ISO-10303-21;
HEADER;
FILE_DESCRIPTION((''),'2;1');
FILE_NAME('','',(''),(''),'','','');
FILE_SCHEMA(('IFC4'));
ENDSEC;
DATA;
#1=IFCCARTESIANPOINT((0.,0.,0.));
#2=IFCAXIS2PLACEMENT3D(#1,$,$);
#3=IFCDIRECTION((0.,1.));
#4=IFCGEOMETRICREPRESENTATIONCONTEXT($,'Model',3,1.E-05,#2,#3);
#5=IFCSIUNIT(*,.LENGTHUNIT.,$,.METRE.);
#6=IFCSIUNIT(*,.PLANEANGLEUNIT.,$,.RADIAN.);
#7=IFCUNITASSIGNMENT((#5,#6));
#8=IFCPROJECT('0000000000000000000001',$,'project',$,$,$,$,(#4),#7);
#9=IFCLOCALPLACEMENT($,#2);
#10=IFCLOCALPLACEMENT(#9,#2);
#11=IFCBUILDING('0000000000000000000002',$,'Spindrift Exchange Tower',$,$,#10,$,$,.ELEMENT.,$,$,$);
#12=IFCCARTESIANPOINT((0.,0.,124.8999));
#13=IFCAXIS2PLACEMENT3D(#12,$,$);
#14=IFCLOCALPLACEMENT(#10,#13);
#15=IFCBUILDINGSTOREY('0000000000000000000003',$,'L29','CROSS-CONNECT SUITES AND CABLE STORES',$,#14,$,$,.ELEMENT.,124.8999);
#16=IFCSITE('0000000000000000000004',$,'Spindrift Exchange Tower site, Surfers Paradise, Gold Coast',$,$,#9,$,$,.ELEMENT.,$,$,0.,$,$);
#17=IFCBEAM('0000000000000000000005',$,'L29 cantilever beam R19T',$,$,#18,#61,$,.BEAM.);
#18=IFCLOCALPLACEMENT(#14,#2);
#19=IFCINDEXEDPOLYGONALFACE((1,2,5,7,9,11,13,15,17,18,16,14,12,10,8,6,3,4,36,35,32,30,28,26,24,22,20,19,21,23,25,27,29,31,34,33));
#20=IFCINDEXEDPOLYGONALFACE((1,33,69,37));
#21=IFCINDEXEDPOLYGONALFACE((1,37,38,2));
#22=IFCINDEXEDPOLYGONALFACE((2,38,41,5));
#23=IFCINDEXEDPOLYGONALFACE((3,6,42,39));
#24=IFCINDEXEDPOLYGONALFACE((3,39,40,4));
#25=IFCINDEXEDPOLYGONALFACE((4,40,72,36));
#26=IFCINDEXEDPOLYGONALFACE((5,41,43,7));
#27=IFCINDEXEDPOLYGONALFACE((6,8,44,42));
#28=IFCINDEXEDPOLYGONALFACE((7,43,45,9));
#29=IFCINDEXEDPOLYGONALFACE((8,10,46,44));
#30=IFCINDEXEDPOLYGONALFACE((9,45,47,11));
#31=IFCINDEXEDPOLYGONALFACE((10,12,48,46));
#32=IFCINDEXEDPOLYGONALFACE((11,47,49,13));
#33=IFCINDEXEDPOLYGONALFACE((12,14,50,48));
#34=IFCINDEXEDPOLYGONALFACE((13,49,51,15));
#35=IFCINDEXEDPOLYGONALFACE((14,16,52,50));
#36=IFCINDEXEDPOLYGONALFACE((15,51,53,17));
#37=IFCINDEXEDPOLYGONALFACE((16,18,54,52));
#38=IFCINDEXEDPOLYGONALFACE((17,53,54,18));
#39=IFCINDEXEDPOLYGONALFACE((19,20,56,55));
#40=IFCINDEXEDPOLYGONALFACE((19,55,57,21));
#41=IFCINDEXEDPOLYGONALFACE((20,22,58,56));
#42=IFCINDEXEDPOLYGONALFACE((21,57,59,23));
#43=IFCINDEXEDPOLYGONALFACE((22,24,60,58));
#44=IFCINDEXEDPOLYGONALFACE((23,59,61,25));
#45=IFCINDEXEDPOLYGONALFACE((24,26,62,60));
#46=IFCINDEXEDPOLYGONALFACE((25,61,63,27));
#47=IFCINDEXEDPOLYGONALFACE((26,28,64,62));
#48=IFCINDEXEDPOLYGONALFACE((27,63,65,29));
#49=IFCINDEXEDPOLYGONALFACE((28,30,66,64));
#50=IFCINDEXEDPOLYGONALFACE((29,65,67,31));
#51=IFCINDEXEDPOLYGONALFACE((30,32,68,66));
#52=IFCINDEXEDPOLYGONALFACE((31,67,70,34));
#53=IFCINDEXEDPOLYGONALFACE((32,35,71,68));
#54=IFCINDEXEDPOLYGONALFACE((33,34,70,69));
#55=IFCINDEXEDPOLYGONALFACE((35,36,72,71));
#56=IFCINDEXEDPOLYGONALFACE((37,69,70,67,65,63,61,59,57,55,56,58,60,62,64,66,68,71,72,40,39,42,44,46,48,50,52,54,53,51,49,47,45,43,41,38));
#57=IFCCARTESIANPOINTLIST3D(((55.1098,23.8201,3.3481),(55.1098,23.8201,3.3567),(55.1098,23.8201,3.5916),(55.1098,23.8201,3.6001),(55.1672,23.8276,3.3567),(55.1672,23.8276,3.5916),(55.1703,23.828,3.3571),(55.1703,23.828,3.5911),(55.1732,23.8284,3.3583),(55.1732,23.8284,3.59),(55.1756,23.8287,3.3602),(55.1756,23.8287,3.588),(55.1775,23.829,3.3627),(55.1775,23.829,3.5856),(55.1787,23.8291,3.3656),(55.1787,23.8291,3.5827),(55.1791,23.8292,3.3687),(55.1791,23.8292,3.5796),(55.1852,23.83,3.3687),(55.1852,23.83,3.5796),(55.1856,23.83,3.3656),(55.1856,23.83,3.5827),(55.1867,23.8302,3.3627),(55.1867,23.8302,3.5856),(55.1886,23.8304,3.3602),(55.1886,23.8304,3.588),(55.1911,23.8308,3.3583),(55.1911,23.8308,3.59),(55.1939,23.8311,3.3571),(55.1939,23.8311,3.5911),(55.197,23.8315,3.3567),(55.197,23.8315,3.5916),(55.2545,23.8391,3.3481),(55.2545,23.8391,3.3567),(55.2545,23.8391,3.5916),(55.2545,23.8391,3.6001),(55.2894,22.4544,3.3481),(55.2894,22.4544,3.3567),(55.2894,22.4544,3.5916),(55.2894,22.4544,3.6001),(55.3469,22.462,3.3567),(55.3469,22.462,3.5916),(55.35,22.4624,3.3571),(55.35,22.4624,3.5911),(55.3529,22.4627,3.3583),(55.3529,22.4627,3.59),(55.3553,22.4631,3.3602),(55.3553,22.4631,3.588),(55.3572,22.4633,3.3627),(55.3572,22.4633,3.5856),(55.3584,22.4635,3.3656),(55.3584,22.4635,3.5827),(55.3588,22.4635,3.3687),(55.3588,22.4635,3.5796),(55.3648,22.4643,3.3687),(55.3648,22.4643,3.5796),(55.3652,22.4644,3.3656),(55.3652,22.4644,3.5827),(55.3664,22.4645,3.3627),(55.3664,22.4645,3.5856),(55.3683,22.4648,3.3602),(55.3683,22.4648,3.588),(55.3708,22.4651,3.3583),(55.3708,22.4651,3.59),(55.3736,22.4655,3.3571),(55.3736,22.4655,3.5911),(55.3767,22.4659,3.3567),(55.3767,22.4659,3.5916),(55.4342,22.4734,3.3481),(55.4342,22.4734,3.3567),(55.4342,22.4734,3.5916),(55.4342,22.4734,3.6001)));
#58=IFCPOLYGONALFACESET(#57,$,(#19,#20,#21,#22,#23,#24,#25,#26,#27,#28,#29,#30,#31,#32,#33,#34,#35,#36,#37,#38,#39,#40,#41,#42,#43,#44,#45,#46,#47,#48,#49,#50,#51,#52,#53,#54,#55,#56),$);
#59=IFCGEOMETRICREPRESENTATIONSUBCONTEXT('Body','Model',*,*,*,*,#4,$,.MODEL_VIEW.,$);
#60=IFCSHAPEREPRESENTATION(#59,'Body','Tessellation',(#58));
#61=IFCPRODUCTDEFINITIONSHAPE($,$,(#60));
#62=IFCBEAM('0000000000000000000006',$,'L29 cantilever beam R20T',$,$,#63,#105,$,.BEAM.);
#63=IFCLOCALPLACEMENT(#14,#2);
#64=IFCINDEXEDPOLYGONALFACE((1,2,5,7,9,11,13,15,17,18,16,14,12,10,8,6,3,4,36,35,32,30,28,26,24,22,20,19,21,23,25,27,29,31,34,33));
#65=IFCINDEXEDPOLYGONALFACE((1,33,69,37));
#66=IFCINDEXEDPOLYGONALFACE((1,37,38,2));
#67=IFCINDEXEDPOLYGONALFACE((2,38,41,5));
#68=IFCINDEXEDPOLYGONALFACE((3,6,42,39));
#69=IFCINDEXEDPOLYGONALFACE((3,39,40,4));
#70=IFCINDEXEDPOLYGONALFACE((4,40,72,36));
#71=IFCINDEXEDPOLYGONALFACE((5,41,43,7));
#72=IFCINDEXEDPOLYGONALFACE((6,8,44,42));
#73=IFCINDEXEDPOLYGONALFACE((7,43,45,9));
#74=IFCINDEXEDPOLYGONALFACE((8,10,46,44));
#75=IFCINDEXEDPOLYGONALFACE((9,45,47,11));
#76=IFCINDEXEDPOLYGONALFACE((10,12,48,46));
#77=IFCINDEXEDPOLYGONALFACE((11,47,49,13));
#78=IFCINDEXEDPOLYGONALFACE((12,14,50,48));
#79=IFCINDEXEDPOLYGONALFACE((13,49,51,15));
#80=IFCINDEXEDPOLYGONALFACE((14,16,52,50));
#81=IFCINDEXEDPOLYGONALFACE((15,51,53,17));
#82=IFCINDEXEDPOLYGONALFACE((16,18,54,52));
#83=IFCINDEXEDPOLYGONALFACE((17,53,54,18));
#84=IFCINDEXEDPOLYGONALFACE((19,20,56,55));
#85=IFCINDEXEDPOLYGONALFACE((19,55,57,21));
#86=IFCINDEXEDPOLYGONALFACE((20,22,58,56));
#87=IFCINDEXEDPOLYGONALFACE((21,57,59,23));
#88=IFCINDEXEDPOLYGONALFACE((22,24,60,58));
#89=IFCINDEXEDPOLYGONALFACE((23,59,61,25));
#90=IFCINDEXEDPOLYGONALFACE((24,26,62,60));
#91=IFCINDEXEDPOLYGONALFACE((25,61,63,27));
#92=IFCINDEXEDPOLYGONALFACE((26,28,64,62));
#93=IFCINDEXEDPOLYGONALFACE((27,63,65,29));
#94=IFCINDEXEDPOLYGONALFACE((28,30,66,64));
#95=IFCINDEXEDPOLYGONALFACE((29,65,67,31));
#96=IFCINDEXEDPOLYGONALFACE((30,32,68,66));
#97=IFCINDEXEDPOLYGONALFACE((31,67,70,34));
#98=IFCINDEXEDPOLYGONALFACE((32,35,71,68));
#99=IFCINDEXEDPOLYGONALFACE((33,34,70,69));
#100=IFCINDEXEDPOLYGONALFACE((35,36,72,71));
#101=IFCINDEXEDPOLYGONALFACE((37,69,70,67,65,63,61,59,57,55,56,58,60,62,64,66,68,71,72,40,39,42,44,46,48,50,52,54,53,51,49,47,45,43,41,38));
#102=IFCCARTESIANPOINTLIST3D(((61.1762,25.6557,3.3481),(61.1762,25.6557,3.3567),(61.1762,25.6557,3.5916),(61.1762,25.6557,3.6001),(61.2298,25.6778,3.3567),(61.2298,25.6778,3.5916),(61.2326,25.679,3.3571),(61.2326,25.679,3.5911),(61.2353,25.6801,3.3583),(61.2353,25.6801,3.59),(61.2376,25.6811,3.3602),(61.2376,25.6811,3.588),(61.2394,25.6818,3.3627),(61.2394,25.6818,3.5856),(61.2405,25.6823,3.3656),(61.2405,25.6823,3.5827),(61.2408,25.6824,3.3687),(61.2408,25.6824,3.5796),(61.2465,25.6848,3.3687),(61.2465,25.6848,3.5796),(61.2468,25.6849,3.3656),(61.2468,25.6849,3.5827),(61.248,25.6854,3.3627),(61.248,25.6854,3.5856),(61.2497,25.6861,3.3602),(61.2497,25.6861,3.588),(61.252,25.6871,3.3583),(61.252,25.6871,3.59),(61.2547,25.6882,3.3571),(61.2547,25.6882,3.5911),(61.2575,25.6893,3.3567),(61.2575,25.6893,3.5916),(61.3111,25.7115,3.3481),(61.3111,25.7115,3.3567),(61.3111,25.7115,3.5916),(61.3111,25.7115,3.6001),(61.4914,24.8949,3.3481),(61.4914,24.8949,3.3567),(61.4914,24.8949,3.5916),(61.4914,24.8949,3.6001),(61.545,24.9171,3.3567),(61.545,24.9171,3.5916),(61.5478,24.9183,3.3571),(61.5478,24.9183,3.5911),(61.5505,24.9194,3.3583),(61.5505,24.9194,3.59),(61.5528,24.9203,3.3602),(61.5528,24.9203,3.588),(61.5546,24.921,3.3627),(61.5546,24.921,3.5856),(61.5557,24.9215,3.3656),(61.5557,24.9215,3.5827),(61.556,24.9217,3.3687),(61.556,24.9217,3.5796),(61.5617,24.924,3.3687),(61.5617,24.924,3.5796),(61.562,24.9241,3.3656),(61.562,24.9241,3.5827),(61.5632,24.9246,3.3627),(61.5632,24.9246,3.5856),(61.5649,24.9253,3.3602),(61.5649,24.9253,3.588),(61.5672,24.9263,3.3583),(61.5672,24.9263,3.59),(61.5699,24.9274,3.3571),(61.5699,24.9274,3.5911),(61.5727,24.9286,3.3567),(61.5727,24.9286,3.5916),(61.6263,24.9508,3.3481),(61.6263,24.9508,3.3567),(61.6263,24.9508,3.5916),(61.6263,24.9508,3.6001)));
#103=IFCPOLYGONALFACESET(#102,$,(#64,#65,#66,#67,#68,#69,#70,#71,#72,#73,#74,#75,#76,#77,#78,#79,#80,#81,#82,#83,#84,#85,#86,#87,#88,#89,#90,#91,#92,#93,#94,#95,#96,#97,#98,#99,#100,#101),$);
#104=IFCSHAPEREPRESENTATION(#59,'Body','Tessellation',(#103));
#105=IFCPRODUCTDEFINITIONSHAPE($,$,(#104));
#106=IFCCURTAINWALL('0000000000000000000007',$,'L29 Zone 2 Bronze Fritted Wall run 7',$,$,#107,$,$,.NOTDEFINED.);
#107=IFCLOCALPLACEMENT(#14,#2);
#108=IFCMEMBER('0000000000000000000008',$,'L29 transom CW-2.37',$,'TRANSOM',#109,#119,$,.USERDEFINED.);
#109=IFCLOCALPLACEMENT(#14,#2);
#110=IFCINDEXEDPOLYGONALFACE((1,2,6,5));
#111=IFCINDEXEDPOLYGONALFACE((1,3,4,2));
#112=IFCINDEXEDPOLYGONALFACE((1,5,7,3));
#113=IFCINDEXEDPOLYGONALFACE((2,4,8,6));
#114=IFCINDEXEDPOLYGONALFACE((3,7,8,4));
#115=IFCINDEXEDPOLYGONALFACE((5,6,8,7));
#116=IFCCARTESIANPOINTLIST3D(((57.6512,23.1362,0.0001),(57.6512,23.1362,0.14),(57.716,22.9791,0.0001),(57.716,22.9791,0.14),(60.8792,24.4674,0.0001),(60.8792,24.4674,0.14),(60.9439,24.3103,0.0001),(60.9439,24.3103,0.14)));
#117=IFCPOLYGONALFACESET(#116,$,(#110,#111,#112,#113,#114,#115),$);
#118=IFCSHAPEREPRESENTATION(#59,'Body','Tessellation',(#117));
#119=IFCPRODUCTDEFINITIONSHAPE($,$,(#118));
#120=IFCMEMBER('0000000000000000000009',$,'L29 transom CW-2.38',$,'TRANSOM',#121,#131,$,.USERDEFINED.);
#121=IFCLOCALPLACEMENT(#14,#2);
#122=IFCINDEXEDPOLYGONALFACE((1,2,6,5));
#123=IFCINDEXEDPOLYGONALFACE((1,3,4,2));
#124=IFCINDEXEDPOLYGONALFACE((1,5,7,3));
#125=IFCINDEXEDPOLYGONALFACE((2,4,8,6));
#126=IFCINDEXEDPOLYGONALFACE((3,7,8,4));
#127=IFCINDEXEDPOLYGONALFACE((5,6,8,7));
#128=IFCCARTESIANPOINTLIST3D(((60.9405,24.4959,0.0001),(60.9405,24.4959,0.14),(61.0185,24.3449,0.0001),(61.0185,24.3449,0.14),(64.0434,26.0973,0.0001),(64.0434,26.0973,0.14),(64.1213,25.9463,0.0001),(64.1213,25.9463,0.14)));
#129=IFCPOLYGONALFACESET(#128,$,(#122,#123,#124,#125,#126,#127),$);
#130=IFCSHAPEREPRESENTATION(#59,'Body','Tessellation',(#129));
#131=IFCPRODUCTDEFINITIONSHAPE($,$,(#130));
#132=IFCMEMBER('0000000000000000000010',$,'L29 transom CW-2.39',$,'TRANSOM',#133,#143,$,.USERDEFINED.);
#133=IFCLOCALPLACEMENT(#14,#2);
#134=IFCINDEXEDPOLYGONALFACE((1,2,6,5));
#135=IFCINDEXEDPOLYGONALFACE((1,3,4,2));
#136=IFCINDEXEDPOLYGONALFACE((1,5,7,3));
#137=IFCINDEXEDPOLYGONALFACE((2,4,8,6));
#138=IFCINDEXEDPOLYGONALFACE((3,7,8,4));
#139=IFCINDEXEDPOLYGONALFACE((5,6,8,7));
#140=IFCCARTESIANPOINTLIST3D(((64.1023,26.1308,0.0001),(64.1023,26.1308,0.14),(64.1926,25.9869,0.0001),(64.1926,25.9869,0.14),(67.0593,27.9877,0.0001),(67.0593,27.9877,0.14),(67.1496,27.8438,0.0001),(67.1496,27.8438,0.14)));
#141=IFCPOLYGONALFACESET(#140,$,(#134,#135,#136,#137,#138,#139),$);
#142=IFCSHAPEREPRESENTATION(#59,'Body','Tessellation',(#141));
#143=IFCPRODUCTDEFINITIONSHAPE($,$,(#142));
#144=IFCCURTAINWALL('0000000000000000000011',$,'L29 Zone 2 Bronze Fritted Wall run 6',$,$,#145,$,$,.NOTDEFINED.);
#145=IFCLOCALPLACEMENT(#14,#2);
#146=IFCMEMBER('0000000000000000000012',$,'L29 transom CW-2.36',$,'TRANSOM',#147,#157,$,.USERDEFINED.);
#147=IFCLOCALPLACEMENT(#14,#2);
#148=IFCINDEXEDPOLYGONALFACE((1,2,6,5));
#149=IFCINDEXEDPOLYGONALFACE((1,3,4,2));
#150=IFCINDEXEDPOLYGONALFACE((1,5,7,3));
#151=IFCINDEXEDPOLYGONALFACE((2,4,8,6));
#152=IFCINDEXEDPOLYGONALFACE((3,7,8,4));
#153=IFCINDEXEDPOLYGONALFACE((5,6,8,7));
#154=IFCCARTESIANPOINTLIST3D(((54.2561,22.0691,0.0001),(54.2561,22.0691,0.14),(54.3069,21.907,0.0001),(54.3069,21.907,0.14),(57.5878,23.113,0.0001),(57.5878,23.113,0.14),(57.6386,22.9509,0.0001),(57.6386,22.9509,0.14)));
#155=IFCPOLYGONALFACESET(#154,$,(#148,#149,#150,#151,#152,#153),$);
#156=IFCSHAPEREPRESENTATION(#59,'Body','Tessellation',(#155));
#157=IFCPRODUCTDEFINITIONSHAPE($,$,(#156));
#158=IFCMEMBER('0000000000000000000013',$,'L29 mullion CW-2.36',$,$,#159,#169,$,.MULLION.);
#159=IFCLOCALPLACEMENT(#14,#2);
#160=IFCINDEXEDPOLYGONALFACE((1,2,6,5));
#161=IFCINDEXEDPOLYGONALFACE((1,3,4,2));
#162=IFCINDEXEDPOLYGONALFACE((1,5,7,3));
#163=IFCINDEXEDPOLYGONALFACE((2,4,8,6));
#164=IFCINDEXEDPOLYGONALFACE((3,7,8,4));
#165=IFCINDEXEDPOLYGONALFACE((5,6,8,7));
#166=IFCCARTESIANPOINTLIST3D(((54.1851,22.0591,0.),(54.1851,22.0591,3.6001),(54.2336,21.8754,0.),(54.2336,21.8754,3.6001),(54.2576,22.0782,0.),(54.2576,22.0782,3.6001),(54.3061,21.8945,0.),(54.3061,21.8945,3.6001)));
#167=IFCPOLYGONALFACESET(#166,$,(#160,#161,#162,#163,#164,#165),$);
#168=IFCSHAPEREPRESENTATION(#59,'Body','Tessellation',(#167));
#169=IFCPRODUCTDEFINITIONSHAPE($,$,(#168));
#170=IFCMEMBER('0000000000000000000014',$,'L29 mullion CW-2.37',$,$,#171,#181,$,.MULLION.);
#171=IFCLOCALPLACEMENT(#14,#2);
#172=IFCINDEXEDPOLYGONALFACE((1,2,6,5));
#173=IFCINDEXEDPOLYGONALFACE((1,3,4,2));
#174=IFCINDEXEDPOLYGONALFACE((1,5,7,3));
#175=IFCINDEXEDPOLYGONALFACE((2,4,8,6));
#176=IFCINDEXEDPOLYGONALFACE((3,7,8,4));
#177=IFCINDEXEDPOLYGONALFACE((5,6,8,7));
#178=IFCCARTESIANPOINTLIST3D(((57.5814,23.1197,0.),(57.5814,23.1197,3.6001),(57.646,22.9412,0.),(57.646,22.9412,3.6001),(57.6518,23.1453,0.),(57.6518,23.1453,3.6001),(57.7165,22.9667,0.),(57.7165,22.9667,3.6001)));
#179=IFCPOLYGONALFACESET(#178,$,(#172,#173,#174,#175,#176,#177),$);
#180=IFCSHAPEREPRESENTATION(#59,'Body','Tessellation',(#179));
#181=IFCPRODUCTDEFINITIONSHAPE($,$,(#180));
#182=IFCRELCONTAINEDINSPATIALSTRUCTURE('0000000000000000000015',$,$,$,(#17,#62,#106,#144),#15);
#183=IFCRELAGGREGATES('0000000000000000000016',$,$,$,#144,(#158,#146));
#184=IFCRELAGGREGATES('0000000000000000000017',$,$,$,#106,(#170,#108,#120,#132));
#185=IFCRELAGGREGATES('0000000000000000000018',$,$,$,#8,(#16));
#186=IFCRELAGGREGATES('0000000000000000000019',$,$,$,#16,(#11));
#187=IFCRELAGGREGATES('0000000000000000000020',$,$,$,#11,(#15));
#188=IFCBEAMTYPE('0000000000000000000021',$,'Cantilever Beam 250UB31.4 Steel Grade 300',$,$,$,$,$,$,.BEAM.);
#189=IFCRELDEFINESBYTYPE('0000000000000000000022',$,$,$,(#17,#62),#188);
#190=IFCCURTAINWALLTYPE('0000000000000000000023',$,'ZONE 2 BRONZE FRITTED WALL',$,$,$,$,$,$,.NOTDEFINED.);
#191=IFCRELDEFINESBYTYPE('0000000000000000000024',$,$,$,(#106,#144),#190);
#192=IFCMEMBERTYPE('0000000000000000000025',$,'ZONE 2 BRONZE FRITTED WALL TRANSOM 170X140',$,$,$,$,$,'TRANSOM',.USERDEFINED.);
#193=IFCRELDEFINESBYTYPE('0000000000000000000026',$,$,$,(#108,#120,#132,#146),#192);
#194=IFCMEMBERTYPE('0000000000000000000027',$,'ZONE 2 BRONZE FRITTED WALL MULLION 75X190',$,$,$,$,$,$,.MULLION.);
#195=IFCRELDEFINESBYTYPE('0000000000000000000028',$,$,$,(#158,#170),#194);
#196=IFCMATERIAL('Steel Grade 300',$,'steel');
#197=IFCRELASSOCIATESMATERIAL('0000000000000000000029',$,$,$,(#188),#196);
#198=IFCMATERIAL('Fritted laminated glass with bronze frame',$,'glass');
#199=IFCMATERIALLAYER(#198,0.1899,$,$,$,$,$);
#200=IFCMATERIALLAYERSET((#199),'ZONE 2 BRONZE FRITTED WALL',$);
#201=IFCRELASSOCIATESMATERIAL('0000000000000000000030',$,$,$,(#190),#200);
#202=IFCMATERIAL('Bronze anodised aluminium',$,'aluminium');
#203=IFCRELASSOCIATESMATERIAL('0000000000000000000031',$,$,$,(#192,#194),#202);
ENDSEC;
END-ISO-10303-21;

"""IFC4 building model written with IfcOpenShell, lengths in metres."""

from ifc_helpers import new_model, si_unit, direction, frame, origin, origin_2d, place, context, subcontext, project, spatial, rectangle, i_section, extrude, source, transform, mapped, material, layer, layer_set, material_profile, profile_set, type_object, element, aggregate, save


model = new_model("IFC4")

# Units and contexts
model_context = context("Model", 3, precision=1e-05, world=origin(), true_north=direction((0.0, 1.0)))
body_context = subcontext(model_context, "Body", "Model", "MODEL_VIEW")
ifc_project = project(units=[si_unit("LENGTHUNIT", "METRE"), si_unit("PLANEANGLEUNIT", "RADIAN")], contexts=[model_context])

# Site, building, storey
site_placement = place(None, origin())
site = spatial("IfcSite", under=ifc_project, at=site_placement, Name="Spindrift Exchange Tower site, Surfers Paradise, Gold Coast", CompositionType="ELEMENT", RefElevation=0.0)
building_placement = place(site_placement, origin())
building = spatial("IfcBuilding", under=site, at=building_placement, Name="Spindrift Exchange Tower", CompositionType="ELEMENT")
storey_placement = place(building_placement, frame((0.0, 0.0, 124.8999)))
storey = spatial("IfcBuildingStorey", under=building, at=storey_placement, Name="L29", Description="CROSS-CONNECT SUITES AND CABLE STORES", CompositionType="ELEMENT", Elevation=124.8999)

# Beams
ifc_material_1 = material(Name="Steel Grade 300", Category="steel")
ifc_material_profile_1 = material_profile(ifc_material_1, i_section(OverallWidth=0.146, OverallDepth=0.252, WebThickness=0.0061, FlangeThickness=0.0085, FilletRadius=0.012, at=origin_2d()), Name="250UB31.4")
ifc_profile_set_1 = profile_set([ifc_material_profile_1], Name="Steel Grade 300")
beam_type_1 = type_object("IfcBeamType", Name="Cantilever Beam 250UB31.4 Steel Grade 300", PredefinedType="BEAM", material=ifc_profile_set_1)
shared_shape_1 = source(origin(), body_context, "Body", "SweptSolid", [
    extrude(i_section(OverallWidth=0.146, OverallDepth=0.252, WebThickness=0.0061, FlangeThickness=0.0085, FilletRadius=0.012, at=origin_2d()), origin(), (0.0, 0.0, 1.0), 1.3774),
])
beam_1_placement = place(storey_placement, frame((55.1821, 23.8296, 3.4741), z_axis=(0.130445, -0.991456, 0.0), x_axis=(0.991456, 0.130445, 0.0)))
element("IfcBeam", 1, at=beam_1_placement, inside=storey, type_object=beam_type_1, Name="L29 cantilever beam R19T", PredefinedType="BEAM", context=body_context, shape_type="MappedRepresentation", body=[
    mapped(shared_shape_1, transform((0.0, 0.0, 0.0), scale=1.0)),
])
shared_shape_2 = source(origin(), body_context, "Body", "SweptSolid", [
    extrude(i_section(OverallWidth=0.146, OverallDepth=0.252, WebThickness=0.0061, FlangeThickness=0.0085, FilletRadius=0.012, at=origin_2d()), origin(), (0.0, 0.0, 1.0), 0.8235),
])
beam_2_placement = place(storey_placement, frame((61.2437, 25.6836, 3.4741), z_axis=(0.382762, -0.923847, 0.0), x_axis=(0.923847, 0.382762, 0.0)))
element("IfcBeam", 2, at=beam_2_placement, inside=storey, type_object=beam_type_1, Name="L29 cantilever beam R20T", PredefinedType="BEAM", context=body_context, shape_type="MappedRepresentation", body=[
    mapped(shared_shape_2, transform((0.0, 0.0, 0.0), scale=1.0)),
])

# Curtain walls, members
ifc_material_2 = material(Name="Fritted laminated glass with bronze frame", Category="glass")
ifc_layer_1 = layer(ifc_material_2, 0.1899)
ifc_layer_set_1 = layer_set([ifc_layer_1], Name="ZONE 2 BRONZE FRITTED WALL")
curtain_wall_type = type_object("IfcCurtainWallType", Name="ZONE 2 BRONZE FRITTED WALL", PredefinedType="NOTDEFINED", material=ifc_layer_set_1)
curtain_wall_1_placement = place(storey_placement, origin())
curtain_wall_1 = element("IfcCurtainWall", 3, at=curtain_wall_1_placement, inside=storey, type_object=curtain_wall_type, Name="L29 Zone 2 Bronze Fritted Wall run 7", PredefinedType="NOTDEFINED")
ifc_material_3 = material(Name="Bronze anodised aluminium", Category="aluminium")
ifc_material_profile_2 = material_profile(ifc_material_3, rectangle(XDim=0.1699, YDim=0.1399, at=origin_2d()), Name="ZONE 2 BRONZE FRITTED WALL TRANSOM 170X140")
ifc_profile_set_2 = profile_set([ifc_material_profile_2], Name="Bronze anodised aluminium")
member_type_1 = type_object("IfcMemberType", Name="ZONE 2 BRONZE FRITTED WALL TRANSOM 170X140", ElementType="TRANSOM", PredefinedType="USERDEFINED", material=ifc_profile_set_2)
shared_shape_3 = source(origin(), body_context, "Body", "SweptSolid", [
    extrude(rectangle(XDim=0.1699, YDim=0.1399, at=origin_2d()), origin(), (0.0, 0.0, 1.0), 3.4917),
])
member_1_placement = place(storey_placement, frame((57.6836, 23.0576, 0.0701), z_axis=(0.924465, 0.381267, 0.0), x_axis=(-0.381267, 0.924465, 0.0)))
member_1 = element("IfcMember", 4, at=member_1_placement, type_object=member_type_1, Name="L29 transom CW-2.37", ObjectType="TRANSOM", PredefinedType="USERDEFINED", context=body_context, shape_type="MappedRepresentation", body=[
    mapped(shared_shape_3, transform((0.0, 0.0, 0.0), scale=1.0)),
])
member_2_placement = place(storey_placement, frame((60.9795, 24.4204, 0.0701), z_axis=(0.888634, 0.458616, 0.0), x_axis=(-0.458616, 0.888634, 0.0)))
member_2 = element("IfcMember", 5, at=member_2_placement, type_object=member_type_1, Name="L29 transom CW-2.38", ObjectType="TRANSOM", PredefinedType="USERDEFINED", context=body_context, shape_type="MappedRepresentation", body=[
    mapped(shared_shape_3, transform((0.0, 0.0, 0.0), scale=1.0)),
])
member_3_placement = place(storey_placement, frame((64.1475, 26.0588, 0.0701), z_axis=(0.846865, 0.531808, 0.0), x_axis=(-0.531808, 0.846865, 0.0)))
member_3 = element("IfcMember", 6, at=member_3_placement, type_object=member_type_1, Name="L29 transom CW-2.39", ObjectType="TRANSOM", PredefinedType="USERDEFINED", context=body_context, shape_type="MappedRepresentation", body=[
    mapped(shared_shape_3, transform((0.0, 0.0, 0.0), scale=1.0)),
])
curtain_wall_2_placement = place(storey_placement, origin())
curtain_wall_2 = element("IfcCurtainWall", 7, at=curtain_wall_2_placement, inside=storey, type_object=curtain_wall_type, Name="L29 Zone 2 Bronze Fritted Wall run 6", PredefinedType="NOTDEFINED")
shared_shape_4 = source(origin(), body_context, "Body", "SweptSolid", [
    extrude(rectangle(XDim=0.1699, YDim=0.1399, at=origin_2d()), origin(), (0.0, 0.0, 1.0), 3.4915),
])
member_4_placement = place(storey_placement, frame((54.2815, 21.988, 0.0701), z_axis=(0.954255, 0.298996, 0.0), x_axis=(-0.298996, 0.954255, 0.0)))
member_4 = element("IfcMember", 8, at=member_4_placement, type_object=member_type_1, Name="L29 transom CW-2.36", ObjectType="TRANSOM", PredefinedType="USERDEFINED", context=body_context, shape_type="MappedRepresentation", body=[
    mapped(shared_shape_4, transform((0.0, 0.0, 0.0), scale=1.0)),
])
ifc_material_profile_3 = material_profile(ifc_material_3, rectangle(XDim=0.075, YDim=0.1899, at=origin_2d()), Name="ZONE 2 BRONZE FRITTED WALL MULLION 75X190")
ifc_profile_set_3 = profile_set([ifc_material_profile_3], Name="Bronze anodised aluminium")
member_type_2 = type_object("IfcMemberType", Name="ZONE 2 BRONZE FRITTED WALL MULLION 75X190", PredefinedType="MULLION", material=ifc_profile_set_3)
shared_shape_5 = source(origin(), body_context, "Body", "SweptSolid", [
    extrude(rectangle(XDim=0.075, YDim=0.1899, at=origin_2d()), origin(), (0.0, 0.0, 1.0), 3.6001),
])
member_5_placement = place(storey_placement, frame((54.2456, 21.9768, 0.0), z_axis=(0.0, 0.0, 1.0), x_axis=(0.966872, 0.255263, 0.0)))
member_5 = element("IfcMember", 9, at=member_5_placement, type_object=member_type_2, Name="L29 mullion CW-2.36", PredefinedType="MULLION", context=body_context, shape_type="MappedRepresentation", body=[
    mapped(shared_shape_5, transform((0.0, 0.0, 0.0), scale=1.0)),
])

# Member
member_6_placement = place(storey_placement, frame((57.6489, 23.0432, 0.0), z_axis=(0.0, 0.0, 1.0), x_axis=(0.940252, 0.340481, 0.0)))
member_6 = element("IfcMember", 10, at=member_6_placement, type_object=member_type_2, Name="L29 mullion CW-2.37", PredefinedType="MULLION", context=body_context, shape_type="MappedRepresentation", body=[
    mapped(shared_shape_5, transform((0.0, 0.0, 0.0), scale=1.0)),
])

aggregate(curtain_wall_2, [member_5, member_4])
aggregate(curtain_wall_1, [member_6, member_1, member_2, member_3])

save(model, "model.ifc")
